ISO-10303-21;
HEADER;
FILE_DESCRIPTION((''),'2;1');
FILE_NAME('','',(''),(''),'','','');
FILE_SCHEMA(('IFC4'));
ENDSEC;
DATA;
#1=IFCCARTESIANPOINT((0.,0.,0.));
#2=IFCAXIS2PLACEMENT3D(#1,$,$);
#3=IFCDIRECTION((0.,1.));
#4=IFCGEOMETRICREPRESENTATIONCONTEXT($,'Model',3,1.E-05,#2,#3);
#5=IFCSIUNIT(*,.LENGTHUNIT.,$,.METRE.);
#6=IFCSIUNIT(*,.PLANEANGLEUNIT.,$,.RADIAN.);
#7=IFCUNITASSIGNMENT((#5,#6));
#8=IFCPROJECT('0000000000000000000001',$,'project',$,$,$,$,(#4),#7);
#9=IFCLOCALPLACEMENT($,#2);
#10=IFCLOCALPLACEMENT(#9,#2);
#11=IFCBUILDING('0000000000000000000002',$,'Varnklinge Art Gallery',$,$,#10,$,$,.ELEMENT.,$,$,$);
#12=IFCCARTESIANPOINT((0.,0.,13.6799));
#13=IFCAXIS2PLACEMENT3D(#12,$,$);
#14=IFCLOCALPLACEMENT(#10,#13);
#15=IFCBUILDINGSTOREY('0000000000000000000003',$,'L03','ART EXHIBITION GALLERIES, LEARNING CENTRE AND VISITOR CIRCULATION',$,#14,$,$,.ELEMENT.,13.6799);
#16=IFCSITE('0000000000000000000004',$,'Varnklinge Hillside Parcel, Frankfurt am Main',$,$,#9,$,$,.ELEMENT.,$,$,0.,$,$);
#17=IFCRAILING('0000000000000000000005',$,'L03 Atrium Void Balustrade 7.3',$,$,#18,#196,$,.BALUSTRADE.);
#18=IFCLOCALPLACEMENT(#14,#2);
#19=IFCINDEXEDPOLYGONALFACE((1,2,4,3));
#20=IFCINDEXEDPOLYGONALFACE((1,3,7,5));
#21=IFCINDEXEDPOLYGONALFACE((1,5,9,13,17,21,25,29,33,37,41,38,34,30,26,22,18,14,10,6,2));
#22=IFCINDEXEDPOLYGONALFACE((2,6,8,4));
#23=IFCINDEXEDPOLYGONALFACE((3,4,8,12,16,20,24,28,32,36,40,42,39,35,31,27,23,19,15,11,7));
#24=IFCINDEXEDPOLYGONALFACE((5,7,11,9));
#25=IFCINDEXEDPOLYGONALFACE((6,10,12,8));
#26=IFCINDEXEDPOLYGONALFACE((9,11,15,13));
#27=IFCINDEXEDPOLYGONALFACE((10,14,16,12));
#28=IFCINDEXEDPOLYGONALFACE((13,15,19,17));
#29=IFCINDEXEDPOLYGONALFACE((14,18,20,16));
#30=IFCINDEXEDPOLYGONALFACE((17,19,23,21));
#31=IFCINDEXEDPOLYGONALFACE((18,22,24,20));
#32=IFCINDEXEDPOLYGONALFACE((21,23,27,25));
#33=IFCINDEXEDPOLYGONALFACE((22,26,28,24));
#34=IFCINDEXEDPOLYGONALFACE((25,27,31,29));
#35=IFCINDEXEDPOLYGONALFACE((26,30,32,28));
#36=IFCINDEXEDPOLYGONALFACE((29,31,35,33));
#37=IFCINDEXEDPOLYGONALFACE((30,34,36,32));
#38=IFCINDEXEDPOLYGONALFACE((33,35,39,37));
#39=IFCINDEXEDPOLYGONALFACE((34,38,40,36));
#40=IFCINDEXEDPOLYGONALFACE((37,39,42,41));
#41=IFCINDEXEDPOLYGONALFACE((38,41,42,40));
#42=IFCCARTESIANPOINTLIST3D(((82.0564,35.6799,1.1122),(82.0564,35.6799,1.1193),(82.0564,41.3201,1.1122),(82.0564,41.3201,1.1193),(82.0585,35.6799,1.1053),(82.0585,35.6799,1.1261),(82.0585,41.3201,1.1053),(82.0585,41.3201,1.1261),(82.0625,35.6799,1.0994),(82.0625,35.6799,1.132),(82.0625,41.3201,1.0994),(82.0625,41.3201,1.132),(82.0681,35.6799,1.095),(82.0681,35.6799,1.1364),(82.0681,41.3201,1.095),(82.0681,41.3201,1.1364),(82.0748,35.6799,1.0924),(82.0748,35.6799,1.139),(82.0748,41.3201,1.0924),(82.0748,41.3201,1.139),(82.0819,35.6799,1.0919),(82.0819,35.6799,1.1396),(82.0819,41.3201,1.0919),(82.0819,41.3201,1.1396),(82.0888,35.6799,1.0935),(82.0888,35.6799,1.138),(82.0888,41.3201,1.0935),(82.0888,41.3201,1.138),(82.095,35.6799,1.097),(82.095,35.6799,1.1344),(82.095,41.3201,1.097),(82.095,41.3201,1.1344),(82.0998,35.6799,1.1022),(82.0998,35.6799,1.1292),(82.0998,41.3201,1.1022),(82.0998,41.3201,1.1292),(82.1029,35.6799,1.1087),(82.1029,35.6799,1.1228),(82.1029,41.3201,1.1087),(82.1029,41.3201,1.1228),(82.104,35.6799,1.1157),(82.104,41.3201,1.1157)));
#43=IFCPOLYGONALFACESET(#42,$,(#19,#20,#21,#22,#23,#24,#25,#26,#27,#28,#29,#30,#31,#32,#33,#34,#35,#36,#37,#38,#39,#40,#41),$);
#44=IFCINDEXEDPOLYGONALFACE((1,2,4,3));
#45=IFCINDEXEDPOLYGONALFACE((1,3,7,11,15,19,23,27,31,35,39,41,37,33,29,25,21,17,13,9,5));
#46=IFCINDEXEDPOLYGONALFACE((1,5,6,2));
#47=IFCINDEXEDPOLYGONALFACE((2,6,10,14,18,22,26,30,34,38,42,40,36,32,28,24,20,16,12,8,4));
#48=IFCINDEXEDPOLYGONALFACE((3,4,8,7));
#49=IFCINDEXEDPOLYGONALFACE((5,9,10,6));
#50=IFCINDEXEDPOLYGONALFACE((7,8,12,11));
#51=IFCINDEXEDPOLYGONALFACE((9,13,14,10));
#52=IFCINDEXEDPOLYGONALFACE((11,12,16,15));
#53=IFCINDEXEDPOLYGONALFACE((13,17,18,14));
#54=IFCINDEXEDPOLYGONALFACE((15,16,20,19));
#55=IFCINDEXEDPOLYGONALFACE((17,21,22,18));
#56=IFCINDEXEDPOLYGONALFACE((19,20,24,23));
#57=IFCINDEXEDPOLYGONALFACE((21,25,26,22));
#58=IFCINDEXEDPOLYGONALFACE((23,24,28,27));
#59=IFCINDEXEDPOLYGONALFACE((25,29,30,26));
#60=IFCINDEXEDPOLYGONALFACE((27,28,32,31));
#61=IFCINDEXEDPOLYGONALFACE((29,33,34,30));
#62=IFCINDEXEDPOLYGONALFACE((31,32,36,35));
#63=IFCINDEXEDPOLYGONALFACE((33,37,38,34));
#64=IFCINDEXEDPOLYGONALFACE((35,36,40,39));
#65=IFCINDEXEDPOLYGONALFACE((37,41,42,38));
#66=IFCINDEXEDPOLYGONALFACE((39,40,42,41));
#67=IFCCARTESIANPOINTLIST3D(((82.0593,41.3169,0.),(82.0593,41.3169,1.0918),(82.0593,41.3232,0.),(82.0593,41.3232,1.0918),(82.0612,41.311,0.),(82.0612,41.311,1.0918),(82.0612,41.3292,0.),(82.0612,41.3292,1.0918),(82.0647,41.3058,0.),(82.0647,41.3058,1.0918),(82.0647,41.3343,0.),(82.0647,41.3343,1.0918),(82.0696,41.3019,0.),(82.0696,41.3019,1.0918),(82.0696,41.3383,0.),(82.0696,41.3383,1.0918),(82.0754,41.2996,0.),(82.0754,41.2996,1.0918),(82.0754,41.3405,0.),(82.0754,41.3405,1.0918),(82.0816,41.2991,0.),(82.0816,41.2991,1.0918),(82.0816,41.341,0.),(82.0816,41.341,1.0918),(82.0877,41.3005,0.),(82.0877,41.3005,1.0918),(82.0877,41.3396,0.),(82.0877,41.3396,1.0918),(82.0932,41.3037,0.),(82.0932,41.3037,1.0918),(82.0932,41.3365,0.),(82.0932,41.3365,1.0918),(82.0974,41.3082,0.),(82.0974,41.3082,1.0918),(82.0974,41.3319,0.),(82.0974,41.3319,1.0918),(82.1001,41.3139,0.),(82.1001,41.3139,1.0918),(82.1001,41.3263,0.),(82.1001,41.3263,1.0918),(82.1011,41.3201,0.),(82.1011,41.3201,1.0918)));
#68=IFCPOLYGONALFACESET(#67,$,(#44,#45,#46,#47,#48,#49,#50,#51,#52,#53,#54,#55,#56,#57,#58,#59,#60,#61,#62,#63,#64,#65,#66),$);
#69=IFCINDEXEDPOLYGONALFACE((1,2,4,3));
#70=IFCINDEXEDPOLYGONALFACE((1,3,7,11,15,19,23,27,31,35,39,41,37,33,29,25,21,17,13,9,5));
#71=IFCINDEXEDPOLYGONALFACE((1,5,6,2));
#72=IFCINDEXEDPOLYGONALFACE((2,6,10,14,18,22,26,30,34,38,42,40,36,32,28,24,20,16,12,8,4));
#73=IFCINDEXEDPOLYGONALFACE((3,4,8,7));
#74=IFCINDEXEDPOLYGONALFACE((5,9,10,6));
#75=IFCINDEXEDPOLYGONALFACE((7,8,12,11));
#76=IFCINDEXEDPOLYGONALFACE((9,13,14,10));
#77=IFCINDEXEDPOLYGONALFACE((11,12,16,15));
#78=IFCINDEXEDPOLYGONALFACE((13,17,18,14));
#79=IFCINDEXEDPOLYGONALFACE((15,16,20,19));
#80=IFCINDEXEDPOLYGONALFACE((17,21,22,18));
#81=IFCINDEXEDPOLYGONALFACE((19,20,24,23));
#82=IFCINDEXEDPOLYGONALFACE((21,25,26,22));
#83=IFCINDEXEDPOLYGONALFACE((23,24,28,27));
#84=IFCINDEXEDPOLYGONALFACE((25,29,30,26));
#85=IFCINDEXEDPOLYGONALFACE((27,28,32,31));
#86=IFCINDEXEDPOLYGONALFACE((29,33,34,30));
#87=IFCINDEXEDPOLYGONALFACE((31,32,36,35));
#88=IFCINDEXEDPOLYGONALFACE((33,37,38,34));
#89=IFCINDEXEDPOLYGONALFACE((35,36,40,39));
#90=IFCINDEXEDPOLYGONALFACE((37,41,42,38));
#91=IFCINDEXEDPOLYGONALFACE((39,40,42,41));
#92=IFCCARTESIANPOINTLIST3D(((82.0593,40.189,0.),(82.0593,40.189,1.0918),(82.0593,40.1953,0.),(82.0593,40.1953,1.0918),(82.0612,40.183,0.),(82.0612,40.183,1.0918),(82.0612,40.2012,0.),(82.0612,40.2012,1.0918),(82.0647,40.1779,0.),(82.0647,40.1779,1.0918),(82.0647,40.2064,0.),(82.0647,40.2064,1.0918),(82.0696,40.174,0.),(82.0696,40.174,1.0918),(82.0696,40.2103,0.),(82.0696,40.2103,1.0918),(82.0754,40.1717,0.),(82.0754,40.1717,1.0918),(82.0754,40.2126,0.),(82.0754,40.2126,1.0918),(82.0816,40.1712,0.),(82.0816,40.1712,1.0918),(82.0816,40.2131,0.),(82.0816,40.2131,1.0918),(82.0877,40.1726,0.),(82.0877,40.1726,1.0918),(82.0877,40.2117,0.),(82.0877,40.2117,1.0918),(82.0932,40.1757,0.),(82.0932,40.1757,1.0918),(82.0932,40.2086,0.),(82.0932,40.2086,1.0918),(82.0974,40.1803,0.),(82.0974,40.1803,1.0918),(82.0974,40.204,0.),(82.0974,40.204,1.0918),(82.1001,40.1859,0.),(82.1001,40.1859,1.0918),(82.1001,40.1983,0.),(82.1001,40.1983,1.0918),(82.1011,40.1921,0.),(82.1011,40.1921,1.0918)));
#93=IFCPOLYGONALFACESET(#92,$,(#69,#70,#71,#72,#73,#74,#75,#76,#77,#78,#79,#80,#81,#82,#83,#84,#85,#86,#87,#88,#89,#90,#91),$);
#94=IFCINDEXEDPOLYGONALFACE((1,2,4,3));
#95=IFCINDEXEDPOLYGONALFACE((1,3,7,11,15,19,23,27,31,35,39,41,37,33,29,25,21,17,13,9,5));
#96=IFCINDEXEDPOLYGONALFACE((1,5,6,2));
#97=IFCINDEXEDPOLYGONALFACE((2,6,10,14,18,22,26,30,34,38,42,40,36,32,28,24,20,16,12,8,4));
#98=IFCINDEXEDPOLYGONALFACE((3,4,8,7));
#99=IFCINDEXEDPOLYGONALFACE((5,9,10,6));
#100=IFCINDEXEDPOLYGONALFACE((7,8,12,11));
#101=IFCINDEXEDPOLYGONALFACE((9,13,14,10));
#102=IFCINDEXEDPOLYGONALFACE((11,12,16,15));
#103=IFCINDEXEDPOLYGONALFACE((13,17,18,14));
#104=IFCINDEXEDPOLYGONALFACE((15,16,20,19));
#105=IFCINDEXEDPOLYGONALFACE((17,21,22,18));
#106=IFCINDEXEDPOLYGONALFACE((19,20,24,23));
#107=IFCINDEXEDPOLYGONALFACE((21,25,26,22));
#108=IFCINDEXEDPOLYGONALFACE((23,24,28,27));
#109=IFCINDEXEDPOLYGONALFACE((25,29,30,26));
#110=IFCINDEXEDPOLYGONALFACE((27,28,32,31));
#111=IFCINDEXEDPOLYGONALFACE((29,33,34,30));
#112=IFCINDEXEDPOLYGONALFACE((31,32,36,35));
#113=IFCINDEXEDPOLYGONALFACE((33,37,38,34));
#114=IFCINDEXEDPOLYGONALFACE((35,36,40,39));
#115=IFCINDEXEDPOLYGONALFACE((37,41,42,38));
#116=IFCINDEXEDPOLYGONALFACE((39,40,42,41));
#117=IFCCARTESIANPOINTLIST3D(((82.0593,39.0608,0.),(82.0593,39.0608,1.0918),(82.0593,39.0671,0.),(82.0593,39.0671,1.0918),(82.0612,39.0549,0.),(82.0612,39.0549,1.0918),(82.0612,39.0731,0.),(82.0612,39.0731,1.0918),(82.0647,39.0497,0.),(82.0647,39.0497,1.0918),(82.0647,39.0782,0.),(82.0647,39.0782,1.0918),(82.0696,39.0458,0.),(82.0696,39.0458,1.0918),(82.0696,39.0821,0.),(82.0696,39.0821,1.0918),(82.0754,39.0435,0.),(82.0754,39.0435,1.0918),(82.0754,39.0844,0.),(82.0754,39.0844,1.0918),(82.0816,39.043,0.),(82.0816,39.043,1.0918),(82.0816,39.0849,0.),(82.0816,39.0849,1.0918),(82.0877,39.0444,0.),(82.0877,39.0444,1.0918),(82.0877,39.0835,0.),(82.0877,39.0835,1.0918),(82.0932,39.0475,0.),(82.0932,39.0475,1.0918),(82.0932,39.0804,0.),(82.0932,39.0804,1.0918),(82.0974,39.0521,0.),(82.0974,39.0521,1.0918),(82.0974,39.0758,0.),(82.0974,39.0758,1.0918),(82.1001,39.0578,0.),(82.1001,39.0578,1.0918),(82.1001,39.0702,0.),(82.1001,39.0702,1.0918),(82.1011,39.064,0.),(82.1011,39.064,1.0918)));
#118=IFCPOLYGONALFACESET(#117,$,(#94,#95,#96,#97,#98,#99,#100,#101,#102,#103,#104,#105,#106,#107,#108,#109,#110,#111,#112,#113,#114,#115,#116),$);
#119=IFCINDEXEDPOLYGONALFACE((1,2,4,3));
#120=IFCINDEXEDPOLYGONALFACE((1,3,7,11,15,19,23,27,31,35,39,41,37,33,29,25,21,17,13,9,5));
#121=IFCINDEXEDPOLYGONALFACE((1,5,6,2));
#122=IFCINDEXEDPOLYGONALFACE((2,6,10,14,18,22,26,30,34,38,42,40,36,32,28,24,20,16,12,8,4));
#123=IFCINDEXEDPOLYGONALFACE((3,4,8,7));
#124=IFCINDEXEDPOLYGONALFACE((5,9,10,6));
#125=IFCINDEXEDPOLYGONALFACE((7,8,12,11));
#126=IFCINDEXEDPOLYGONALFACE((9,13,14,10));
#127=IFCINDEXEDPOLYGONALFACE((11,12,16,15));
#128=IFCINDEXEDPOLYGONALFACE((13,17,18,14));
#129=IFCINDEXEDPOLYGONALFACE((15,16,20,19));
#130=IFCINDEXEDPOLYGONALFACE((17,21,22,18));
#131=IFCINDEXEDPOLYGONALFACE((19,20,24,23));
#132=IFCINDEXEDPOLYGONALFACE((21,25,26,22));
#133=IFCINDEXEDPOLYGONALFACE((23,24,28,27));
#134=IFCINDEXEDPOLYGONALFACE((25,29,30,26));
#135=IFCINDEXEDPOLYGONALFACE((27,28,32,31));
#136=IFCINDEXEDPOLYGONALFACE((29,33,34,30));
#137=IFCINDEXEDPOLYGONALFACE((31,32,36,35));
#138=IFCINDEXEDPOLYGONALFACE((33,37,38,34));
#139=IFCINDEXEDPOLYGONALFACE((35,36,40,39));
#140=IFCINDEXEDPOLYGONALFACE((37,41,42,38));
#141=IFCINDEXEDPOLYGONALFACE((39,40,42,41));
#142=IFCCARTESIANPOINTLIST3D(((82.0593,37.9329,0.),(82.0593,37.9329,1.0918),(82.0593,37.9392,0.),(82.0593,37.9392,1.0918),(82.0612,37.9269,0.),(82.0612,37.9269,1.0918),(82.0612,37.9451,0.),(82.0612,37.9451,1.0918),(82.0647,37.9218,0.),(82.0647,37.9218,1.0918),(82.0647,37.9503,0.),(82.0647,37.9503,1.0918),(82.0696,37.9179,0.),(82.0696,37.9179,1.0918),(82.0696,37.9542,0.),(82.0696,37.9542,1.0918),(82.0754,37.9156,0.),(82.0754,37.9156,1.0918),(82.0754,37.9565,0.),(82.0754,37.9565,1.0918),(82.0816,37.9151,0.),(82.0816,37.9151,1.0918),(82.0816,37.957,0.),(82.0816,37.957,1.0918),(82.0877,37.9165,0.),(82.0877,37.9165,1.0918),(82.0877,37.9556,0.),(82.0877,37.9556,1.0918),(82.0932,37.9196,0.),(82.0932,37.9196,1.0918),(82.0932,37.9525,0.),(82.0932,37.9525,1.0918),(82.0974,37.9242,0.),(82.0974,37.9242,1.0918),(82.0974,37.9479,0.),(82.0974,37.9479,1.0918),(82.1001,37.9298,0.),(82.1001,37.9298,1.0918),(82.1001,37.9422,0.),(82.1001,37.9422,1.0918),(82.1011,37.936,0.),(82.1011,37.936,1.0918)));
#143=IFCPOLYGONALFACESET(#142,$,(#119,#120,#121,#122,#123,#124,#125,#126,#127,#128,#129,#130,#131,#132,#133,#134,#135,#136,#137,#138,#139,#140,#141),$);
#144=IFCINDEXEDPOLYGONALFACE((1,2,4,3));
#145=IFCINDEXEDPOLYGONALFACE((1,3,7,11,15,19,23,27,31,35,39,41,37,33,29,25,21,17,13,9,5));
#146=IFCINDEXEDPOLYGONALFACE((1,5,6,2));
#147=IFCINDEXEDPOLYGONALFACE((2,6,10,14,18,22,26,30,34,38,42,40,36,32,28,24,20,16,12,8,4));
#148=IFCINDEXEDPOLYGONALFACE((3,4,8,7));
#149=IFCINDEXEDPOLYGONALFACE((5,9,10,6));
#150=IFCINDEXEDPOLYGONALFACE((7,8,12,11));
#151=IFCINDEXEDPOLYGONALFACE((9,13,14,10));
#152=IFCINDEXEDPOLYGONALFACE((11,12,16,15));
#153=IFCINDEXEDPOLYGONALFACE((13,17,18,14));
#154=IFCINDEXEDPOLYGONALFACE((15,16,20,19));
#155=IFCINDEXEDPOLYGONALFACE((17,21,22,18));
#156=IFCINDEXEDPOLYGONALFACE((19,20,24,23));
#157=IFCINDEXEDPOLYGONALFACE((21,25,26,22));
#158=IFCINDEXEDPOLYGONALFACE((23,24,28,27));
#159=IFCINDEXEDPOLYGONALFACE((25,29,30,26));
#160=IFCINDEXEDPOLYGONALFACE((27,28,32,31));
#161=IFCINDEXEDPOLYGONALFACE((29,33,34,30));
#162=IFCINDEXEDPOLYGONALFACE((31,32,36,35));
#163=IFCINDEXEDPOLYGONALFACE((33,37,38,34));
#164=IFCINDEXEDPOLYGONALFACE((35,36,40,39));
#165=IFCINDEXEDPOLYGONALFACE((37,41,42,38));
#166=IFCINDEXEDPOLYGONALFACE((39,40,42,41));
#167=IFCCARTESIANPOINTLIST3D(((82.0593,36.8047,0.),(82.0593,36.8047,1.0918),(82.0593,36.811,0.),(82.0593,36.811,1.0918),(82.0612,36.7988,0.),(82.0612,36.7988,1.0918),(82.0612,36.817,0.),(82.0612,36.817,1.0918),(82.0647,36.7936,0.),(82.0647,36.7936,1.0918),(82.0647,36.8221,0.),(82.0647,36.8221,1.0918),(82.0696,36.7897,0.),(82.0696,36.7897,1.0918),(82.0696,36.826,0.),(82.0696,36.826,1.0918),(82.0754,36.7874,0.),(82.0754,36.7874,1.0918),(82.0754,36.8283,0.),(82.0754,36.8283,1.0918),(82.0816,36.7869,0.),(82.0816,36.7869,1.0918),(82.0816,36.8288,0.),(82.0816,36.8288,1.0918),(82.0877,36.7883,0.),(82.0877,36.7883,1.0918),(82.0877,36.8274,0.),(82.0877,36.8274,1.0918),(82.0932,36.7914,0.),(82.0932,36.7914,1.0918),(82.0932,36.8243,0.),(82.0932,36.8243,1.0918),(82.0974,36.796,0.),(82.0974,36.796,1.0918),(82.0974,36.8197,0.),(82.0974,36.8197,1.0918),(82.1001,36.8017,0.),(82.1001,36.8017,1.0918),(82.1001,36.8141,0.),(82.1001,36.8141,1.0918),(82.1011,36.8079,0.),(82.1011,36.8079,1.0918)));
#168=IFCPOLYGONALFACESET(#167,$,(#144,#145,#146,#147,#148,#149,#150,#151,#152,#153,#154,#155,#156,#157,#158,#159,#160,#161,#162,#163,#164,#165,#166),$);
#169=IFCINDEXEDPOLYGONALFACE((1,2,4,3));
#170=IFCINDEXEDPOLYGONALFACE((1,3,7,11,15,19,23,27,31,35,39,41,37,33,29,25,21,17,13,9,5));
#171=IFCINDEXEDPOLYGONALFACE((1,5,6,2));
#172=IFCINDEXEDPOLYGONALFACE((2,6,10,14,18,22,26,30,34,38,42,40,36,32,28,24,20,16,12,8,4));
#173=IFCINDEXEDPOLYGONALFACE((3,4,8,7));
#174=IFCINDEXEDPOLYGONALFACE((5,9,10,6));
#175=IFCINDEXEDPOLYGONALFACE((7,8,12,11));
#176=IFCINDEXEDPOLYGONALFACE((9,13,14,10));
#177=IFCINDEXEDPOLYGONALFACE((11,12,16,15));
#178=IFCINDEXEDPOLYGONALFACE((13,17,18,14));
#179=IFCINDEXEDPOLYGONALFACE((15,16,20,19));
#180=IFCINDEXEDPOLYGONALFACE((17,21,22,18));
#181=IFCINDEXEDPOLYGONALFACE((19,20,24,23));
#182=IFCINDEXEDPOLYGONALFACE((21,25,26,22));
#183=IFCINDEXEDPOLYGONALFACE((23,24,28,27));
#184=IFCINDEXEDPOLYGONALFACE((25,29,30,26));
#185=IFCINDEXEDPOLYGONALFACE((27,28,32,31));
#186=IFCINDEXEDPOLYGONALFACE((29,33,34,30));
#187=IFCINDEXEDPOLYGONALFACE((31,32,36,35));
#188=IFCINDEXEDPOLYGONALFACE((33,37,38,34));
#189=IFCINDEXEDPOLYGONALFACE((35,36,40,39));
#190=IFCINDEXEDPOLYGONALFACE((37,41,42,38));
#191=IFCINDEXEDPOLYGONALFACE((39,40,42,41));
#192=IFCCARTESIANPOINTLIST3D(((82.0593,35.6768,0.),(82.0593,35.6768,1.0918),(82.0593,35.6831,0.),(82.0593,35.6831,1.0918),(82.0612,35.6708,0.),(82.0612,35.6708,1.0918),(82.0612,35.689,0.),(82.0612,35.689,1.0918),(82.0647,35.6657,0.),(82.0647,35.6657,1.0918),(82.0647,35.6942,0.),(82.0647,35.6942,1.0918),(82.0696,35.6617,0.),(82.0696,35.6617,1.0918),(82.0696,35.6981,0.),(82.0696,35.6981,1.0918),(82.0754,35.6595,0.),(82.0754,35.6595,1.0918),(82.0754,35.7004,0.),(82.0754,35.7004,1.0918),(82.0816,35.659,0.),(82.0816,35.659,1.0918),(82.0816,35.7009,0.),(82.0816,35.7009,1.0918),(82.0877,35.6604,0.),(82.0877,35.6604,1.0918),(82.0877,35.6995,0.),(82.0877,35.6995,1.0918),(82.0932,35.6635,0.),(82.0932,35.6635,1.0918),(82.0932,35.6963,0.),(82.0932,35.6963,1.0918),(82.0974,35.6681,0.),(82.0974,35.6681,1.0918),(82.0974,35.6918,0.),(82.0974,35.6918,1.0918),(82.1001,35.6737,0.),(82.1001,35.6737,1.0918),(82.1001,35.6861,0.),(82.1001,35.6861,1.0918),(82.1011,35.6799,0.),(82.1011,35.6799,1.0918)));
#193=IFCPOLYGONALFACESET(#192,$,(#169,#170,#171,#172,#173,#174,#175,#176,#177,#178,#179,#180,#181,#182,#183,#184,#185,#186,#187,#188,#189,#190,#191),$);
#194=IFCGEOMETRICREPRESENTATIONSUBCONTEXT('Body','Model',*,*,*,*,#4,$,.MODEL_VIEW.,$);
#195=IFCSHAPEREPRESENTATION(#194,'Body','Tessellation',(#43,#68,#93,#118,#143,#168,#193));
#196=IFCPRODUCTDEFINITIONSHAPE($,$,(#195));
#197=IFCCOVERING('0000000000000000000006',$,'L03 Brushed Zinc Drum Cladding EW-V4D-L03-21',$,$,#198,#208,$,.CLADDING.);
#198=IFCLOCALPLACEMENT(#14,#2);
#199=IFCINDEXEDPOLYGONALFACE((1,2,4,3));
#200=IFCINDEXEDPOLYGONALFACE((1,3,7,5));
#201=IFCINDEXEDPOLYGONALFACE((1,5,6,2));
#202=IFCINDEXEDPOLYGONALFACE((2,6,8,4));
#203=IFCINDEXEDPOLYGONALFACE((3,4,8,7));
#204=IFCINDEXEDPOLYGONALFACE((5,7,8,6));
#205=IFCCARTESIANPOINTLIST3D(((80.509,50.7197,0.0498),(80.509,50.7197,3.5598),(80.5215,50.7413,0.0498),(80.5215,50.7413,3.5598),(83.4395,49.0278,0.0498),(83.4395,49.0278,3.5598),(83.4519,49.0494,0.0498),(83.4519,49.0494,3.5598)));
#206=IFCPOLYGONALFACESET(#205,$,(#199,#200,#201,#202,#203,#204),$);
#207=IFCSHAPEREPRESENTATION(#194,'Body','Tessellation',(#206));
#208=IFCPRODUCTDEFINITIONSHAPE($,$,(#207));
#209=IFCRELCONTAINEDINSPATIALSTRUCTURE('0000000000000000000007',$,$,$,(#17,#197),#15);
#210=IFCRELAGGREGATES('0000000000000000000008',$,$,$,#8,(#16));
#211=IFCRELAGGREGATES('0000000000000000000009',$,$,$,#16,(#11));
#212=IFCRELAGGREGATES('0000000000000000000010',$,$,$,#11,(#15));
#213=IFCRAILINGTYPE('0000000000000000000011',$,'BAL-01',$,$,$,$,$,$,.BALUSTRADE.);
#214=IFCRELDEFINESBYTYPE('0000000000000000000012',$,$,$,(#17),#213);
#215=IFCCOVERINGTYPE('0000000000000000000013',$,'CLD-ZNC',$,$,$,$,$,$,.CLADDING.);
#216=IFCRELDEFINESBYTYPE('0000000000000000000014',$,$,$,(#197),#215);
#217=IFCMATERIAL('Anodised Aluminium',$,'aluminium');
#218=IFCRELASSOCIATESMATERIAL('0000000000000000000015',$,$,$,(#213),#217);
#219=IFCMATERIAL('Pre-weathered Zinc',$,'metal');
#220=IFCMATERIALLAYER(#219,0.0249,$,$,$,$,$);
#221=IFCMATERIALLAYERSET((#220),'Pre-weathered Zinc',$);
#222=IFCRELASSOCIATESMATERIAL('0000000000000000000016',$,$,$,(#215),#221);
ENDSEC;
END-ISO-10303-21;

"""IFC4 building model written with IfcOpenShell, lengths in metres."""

from ifc_helpers import new_model, si_unit, direction, frame, origin, origin_2d, place, context, subcontext, project, spatial, rectangle, circle, extrude, material, layer, layer_set, type_object, element, save


model = new_model("IFC4")

# Units and contexts
model_context = context("Model", 3, precision=1e-05, world=origin(), true_north=direction((0.0, 1.0)))
body_context = subcontext(model_context, "Body", "Model", "MODEL_VIEW")
ifc_project = project(units=[si_unit("LENGTHUNIT", "METRE"), si_unit("PLANEANGLEUNIT", "RADIAN")], contexts=[model_context])

# Site, building, storey
site_placement = place(None, origin())
site = spatial("IfcSite", under=ifc_project, at=site_placement, Name="Varnklinge Hillside Parcel, Frankfurt am Main", CompositionType="ELEMENT", RefElevation=0.0)
building_placement = place(site_placement, origin())
building = spatial("IfcBuilding", under=site, at=building_placement, Name="Varnklinge Art Gallery", CompositionType="ELEMENT")
storey_placement = place(building_placement, frame((0.0, 0.0, 13.6799)))
storey = spatial("IfcBuildingStorey", under=building, at=storey_placement, Name="L03", Description="ART EXHIBITION GALLERIES, LEARNING CENTRE AND VISITOR CIRCULATION", CompositionType="ELEMENT", Elevation=13.6799)

# Railing
ifc_material_1 = material(Name="Anodised Aluminium", Category="aluminium")
railing_type = type_object("IfcRailingType", Name="BAL-01", PredefinedType="BALUSTRADE", material=ifc_material_1)
railing_placement = place(storey_placement, frame((82.0801, 41.3201, 0.0)))
element("IfcRailing", 1, at=railing_placement, inside=storey, type_object=railing_type, Name="L03 Atrium Void Balustrade 7.3", PredefinedType="BALUSTRADE", context=body_context, shape_type="SweptSolid", body=[
    extrude(circle(Radius=0.0239, at=origin_2d()), frame((0.0, 0.0, 1.1157), z_axis=(0.0, -1.0, 0.0), x_axis=(1.0, 0.0, 0.0)), (0.0, 0.0, 1.0), 5.6401),
    extrude(circle(Radius=0.021, at=origin_2d()), origin(), (0.0, 0.0, 1.0), 1.0918),
    extrude(circle(Radius=0.021, at=origin_2d()), frame((0.0, -1.1279, 0.0)), (0.0, 0.0, 1.0), 1.0918),
    extrude(circle(Radius=0.021, at=origin_2d()), frame((0.0, -2.2561, 0.0)), (0.0, 0.0, 1.0), 1.0918),
    extrude(circle(Radius=0.021, at=origin_2d()), frame((0.0, -3.384, 0.0)), (0.0, 0.0, 1.0), 1.0918),
    extrude(circle(Radius=0.021, at=origin_2d()), frame((0.0, -4.5122, 0.0)), (0.0, 0.0, 1.0), 1.0918),
    extrude(circle(Radius=0.021, at=origin_2d()), frame((0.0, -5.6401, 0.0)), (0.0, 0.0, 1.0), 1.0918),
])

# Covering
ifc_material_2 = material(Name="Pre-weathered Zinc", Category="metal")
ifc_layer_1 = layer(ifc_material_2, 0.0249)
ifc_layer_set_1 = layer_set([ifc_layer_1], Name="Pre-weathered Zinc")
covering_type = type_object("IfcCoveringType", Name="CLD-ZNC", PredefinedType="CLADDING", material=ifc_layer_set_1)
covering_placement = place(storey_placement, frame((81.9805, 49.8845, 0.0498), z_axis=(0.0, 0.0, 1.0), x_axis=(0.866025, -0.5, 0.0)))
element("IfcCovering", 2, at=covering_placement, inside=storey, type_object=covering_type, Name="L03 Brushed Zinc Drum Cladding EW-V4D-L03-21", PredefinedType="CLADDING", context=body_context, shape_type="SweptSolid", body=[
    extrude(rectangle(XDim=3.3838, YDim=0.0249, at=origin_2d()), origin(), (0.0, 0.0, 1.0), 3.51),
])

save(model, "model.ifc")
